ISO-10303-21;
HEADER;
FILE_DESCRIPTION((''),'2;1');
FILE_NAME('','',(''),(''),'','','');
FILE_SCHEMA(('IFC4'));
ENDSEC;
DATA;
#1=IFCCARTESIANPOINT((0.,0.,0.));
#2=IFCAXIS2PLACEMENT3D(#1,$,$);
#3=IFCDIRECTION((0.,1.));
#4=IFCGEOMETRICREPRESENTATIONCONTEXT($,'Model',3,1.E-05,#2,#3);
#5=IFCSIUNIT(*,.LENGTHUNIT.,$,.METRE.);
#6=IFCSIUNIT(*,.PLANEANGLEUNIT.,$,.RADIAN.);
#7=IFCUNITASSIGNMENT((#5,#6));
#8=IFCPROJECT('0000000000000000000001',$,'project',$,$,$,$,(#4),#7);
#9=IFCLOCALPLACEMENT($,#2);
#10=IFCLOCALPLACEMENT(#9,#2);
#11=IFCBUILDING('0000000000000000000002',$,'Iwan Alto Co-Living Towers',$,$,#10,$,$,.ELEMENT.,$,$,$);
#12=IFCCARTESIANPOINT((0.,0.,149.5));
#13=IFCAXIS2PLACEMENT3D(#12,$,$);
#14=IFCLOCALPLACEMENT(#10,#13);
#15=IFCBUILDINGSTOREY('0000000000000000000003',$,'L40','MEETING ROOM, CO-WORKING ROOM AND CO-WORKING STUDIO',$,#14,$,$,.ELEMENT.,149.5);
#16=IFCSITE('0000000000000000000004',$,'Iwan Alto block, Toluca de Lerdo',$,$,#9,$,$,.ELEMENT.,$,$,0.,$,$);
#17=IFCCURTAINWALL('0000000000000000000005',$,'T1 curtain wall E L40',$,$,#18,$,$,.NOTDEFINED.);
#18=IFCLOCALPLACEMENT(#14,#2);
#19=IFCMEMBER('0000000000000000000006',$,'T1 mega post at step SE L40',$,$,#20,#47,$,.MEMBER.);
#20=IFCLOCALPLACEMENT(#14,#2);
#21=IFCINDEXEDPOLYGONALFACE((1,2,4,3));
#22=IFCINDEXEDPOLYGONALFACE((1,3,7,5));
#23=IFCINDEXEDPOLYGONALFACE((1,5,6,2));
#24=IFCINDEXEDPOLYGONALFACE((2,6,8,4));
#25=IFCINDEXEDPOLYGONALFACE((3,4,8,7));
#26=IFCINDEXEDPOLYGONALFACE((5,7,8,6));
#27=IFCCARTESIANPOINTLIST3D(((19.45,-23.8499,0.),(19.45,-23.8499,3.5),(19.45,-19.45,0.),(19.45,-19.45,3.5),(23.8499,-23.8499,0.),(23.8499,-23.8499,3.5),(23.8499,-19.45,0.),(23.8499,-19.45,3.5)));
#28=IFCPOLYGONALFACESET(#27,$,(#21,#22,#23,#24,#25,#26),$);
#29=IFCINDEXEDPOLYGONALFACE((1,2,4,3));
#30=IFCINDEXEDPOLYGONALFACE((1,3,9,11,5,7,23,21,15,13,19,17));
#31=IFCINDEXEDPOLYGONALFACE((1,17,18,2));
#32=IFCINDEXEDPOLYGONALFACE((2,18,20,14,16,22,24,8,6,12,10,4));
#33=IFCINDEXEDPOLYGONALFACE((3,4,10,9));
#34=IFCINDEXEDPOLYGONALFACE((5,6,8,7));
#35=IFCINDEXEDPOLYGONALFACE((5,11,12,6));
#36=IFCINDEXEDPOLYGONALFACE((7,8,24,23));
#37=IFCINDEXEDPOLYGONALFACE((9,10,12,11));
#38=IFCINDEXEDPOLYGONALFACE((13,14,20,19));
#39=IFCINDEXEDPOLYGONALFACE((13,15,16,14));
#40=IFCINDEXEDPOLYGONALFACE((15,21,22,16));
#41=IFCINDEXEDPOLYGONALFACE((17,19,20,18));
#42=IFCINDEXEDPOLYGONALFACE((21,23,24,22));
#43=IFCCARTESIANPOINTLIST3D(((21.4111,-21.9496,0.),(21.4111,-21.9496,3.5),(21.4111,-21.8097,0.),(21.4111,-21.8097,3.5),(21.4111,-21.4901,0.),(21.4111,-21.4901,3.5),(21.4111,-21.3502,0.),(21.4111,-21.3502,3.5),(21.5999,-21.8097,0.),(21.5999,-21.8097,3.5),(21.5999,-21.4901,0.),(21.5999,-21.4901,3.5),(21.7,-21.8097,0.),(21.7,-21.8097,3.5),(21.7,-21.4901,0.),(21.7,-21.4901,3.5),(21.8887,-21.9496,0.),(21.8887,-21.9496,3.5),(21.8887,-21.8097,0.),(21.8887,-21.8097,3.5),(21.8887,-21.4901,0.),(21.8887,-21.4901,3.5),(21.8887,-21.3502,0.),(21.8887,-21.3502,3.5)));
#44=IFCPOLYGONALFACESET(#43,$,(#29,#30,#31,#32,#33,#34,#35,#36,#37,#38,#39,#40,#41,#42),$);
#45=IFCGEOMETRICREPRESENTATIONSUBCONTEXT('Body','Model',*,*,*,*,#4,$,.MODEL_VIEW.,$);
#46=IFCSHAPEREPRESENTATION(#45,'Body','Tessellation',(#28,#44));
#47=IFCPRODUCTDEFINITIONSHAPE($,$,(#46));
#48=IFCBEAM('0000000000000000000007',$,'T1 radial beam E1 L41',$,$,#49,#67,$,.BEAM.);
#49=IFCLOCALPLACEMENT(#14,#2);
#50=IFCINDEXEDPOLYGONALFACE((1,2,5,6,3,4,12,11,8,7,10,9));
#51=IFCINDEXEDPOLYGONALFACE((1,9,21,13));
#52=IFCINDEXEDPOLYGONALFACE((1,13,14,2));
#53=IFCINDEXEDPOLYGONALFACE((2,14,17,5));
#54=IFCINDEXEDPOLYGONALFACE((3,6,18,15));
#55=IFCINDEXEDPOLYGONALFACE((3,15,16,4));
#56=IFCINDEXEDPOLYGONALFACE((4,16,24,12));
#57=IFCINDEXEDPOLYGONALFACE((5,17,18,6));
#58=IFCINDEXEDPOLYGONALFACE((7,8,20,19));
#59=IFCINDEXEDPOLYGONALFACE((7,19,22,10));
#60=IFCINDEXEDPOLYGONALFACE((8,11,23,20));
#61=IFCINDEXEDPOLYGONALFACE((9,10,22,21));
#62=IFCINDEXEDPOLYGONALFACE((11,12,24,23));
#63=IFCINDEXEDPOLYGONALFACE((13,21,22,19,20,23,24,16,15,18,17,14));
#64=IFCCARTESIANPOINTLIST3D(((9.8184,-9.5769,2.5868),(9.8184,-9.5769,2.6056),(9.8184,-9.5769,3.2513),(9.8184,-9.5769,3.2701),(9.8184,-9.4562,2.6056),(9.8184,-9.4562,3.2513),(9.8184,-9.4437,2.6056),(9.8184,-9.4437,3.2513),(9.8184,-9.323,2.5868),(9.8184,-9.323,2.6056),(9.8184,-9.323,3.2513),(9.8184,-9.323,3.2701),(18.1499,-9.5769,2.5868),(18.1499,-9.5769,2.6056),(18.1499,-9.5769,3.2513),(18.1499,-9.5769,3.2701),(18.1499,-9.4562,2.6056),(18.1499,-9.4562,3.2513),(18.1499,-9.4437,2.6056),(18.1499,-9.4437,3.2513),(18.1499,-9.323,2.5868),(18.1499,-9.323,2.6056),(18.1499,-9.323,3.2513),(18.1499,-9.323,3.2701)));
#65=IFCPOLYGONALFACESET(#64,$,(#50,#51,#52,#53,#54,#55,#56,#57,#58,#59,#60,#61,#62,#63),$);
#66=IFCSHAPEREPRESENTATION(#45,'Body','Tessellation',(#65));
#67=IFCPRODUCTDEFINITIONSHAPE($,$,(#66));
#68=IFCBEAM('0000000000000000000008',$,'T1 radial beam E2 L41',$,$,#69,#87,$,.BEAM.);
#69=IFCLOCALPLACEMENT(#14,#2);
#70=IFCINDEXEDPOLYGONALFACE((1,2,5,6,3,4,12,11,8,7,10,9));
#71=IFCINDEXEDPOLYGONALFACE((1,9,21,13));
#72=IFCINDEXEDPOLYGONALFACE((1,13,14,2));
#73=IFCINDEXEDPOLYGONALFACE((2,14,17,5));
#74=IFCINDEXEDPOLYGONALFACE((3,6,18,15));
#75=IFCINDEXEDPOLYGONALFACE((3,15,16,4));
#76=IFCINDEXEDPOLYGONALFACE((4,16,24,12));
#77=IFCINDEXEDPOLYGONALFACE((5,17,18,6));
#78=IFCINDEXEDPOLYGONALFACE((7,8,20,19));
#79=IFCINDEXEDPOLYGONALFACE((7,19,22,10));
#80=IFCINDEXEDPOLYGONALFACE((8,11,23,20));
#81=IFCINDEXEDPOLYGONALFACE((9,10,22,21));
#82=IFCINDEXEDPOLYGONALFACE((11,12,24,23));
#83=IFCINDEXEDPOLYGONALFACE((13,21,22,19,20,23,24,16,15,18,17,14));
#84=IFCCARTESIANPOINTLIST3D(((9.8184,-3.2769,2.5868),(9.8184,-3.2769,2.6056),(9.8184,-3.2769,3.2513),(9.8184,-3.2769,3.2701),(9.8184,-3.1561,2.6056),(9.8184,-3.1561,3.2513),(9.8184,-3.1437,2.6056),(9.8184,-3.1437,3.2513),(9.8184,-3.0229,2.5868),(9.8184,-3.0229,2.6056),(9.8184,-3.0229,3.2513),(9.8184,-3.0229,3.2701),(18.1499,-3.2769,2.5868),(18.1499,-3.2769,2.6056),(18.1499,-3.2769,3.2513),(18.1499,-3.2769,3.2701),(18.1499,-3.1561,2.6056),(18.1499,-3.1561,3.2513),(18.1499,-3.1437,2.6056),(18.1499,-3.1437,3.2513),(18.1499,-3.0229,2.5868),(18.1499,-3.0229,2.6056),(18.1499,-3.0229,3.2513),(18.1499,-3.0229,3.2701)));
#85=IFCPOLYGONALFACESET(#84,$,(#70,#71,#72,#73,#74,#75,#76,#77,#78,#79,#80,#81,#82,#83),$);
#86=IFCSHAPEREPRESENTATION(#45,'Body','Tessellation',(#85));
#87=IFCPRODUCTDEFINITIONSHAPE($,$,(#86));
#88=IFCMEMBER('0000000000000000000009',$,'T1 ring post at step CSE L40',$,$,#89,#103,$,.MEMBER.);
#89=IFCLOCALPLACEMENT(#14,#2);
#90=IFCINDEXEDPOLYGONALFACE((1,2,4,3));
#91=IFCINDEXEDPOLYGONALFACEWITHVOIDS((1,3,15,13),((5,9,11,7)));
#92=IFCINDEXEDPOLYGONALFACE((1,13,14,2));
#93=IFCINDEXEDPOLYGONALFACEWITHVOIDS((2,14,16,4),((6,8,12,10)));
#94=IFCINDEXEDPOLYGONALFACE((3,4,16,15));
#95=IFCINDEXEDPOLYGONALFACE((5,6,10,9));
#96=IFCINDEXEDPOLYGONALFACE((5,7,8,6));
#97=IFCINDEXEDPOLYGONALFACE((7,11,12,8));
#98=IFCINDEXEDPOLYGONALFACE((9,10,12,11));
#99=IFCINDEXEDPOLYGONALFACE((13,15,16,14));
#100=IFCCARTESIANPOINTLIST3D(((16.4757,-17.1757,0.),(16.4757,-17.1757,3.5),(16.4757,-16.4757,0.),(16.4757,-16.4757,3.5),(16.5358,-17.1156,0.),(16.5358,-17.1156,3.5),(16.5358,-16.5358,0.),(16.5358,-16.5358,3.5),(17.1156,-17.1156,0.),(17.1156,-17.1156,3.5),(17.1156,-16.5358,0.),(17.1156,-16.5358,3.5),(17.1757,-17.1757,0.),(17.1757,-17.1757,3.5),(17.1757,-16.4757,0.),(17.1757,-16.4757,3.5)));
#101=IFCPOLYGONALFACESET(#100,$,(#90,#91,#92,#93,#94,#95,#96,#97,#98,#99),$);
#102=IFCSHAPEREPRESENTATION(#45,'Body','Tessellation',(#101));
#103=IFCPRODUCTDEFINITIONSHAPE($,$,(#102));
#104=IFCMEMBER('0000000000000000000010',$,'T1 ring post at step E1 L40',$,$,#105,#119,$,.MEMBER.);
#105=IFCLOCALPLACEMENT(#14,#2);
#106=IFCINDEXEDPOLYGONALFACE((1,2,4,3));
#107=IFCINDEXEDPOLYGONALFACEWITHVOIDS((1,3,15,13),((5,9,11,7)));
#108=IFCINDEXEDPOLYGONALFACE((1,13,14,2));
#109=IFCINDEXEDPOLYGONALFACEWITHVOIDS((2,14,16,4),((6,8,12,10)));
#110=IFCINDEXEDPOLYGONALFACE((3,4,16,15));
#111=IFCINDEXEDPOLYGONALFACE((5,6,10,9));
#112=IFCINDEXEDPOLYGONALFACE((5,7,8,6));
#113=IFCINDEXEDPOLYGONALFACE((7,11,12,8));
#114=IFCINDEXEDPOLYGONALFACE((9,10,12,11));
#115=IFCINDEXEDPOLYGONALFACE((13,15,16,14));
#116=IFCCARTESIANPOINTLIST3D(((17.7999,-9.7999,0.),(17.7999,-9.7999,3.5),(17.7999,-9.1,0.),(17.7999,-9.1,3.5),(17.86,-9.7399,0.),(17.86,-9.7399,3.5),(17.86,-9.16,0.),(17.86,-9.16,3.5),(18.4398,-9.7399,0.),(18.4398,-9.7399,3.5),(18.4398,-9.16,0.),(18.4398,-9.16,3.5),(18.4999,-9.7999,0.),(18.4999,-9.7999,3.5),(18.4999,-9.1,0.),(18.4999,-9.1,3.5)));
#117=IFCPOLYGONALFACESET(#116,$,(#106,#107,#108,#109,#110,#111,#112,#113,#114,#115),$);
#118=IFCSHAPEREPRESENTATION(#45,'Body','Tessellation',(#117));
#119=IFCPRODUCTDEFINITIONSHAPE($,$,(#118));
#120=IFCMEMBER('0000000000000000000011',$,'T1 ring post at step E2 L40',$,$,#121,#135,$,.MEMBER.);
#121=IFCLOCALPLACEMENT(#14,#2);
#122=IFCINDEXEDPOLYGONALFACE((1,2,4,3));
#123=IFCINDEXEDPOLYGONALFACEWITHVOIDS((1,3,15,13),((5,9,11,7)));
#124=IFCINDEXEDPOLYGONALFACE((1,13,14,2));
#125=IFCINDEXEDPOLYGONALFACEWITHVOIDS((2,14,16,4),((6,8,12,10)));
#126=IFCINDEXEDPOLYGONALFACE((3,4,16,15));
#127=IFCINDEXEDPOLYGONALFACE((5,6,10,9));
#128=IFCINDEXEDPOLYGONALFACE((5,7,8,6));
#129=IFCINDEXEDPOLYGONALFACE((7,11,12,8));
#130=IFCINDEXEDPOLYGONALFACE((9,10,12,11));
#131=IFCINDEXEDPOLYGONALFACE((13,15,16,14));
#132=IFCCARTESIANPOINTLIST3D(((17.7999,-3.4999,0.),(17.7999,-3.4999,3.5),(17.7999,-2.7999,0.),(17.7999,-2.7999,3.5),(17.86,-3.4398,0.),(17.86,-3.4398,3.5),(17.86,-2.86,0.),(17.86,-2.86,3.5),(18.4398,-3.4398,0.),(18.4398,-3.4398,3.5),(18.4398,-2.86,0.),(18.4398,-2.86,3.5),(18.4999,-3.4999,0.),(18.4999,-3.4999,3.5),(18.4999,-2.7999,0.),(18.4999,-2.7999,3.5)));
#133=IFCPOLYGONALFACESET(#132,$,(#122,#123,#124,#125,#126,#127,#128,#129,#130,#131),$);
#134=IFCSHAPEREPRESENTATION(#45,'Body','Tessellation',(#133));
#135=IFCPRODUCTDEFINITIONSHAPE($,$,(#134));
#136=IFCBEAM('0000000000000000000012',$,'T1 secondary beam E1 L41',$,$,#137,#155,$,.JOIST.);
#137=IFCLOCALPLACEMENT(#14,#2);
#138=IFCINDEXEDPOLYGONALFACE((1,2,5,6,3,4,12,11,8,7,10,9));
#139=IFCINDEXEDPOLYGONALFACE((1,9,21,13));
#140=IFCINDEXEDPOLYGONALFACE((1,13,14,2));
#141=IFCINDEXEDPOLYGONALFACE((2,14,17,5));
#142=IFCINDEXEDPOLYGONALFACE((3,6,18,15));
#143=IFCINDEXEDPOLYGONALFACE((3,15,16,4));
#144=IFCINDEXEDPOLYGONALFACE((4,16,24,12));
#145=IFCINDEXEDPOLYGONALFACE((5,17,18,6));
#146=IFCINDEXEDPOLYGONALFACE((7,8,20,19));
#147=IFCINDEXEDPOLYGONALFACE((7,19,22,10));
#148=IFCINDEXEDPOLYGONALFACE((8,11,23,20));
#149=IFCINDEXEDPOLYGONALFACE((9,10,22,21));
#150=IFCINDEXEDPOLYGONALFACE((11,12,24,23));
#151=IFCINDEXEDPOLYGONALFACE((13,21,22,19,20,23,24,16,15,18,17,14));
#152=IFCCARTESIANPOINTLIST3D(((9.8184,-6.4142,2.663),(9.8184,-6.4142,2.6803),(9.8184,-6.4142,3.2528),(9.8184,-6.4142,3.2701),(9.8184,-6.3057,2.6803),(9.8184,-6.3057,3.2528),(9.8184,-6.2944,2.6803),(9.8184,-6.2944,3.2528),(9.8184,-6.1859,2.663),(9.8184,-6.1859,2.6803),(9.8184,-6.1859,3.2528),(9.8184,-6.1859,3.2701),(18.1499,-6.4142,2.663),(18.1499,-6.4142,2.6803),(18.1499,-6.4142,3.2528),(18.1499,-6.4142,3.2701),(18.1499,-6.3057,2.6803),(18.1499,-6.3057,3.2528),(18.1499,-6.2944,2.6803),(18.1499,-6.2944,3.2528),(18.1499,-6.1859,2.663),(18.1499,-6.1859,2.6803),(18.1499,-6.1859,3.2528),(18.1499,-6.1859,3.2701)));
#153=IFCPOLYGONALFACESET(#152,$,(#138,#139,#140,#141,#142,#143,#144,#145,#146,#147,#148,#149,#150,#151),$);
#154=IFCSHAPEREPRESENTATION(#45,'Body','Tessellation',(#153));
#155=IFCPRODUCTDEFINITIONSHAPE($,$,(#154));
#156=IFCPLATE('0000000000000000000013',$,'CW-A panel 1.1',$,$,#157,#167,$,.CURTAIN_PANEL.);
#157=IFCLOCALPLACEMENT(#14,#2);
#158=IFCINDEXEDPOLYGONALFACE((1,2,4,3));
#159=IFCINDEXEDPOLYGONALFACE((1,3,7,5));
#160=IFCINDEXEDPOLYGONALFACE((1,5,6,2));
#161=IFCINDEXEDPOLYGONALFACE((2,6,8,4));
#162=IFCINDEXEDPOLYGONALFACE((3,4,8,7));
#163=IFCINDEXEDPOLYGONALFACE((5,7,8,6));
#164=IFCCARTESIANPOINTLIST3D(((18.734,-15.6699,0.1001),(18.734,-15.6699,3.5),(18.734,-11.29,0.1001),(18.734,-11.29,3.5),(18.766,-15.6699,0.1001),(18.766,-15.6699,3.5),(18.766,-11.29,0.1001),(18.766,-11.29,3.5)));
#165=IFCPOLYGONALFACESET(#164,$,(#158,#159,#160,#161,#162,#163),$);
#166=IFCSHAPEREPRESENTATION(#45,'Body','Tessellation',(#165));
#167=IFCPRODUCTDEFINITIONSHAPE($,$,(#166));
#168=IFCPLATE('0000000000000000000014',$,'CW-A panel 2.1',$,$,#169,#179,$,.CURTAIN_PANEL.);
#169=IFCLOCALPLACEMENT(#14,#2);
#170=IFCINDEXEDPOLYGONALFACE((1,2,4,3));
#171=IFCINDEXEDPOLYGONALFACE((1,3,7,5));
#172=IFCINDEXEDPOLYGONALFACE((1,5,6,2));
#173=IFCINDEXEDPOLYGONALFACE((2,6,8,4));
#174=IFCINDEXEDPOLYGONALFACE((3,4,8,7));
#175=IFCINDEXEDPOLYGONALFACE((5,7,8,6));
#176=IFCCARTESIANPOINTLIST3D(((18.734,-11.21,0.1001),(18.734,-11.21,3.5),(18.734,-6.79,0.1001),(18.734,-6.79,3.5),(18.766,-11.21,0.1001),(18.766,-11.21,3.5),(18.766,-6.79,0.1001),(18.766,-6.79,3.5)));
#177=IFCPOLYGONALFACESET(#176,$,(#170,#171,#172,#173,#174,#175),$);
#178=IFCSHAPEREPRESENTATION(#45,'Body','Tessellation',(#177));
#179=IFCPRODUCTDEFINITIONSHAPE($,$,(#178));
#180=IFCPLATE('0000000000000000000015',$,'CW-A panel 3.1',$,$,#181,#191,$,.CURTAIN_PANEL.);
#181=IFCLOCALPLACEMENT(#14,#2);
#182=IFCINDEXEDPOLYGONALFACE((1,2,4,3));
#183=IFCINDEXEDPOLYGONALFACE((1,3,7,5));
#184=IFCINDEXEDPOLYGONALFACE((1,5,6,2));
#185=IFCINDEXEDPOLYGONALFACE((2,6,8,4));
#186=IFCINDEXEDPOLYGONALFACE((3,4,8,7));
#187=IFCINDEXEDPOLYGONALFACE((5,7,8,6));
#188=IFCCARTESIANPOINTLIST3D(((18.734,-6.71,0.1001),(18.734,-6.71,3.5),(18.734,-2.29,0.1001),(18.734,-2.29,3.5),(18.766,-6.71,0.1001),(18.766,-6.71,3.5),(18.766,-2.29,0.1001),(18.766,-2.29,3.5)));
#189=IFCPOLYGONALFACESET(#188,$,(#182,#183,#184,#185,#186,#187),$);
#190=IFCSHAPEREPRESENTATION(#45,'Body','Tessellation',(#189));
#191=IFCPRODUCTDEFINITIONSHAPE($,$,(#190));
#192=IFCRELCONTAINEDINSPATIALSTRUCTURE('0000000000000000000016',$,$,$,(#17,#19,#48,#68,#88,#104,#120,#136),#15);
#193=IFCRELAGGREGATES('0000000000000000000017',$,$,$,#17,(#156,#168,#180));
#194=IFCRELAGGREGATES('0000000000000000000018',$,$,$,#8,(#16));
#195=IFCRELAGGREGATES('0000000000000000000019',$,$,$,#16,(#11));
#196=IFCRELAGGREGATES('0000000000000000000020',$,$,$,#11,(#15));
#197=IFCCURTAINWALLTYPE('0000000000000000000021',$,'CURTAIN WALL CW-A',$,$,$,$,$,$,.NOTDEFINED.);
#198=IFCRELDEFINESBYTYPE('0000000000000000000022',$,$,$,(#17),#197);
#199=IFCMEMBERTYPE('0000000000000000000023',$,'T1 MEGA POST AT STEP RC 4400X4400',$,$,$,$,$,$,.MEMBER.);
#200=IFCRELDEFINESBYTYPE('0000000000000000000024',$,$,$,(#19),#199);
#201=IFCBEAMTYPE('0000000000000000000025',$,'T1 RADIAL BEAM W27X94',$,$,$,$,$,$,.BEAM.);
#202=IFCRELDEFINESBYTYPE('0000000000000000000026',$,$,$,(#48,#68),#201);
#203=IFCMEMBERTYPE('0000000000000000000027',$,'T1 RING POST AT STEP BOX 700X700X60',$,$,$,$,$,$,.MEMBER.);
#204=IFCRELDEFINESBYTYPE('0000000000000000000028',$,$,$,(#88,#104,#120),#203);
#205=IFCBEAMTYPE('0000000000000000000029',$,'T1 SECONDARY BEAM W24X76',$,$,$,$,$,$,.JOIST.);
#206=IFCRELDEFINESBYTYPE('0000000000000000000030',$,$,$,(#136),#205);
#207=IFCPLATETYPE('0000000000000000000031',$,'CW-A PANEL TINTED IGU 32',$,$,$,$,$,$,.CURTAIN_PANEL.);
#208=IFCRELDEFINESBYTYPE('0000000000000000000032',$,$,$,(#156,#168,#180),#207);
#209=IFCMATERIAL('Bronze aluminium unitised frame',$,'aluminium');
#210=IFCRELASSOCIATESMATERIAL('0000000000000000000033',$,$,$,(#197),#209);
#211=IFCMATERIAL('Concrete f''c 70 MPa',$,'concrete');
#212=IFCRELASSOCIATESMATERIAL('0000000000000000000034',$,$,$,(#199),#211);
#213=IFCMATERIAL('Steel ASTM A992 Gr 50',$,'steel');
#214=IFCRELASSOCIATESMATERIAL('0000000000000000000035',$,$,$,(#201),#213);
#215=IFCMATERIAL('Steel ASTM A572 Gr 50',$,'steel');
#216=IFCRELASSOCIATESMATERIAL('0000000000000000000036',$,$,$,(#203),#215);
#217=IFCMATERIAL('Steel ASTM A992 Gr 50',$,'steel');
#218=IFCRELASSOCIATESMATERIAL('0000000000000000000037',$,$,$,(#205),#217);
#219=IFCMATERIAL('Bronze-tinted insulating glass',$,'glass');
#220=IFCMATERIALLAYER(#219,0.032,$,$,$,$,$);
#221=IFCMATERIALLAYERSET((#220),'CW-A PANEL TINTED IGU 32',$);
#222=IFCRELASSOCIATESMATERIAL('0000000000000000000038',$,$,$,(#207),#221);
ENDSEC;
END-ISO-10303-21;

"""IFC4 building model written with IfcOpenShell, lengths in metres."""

from ifc_helpers import new_model, si_unit, direction, frame, origin, origin_2d, place, context, subcontext, project, spatial, rectangle, hollow_rectangle, i_section, extrude, material, layer, layer_set, material_profile, profile_set, type_object, element, aggregate, save


model = new_model("IFC4")

# Units and contexts
model_context = context("Model", 3, precision=1e-05, world=origin(), true_north=direction((0.0, 1.0)))
body_context = subcontext(model_context, "Body", "Model", "MODEL_VIEW")
ifc_project = project(units=[si_unit("LENGTHUNIT", "METRE"), si_unit("PLANEANGLEUNIT", "RADIAN")], contexts=[model_context])

# Site, building, storey
site_placement = place(None, origin())
site = spatial("IfcSite", under=ifc_project, at=site_placement, Name="Iwan Alto block, Toluca de Lerdo", CompositionType="ELEMENT", RefElevation=0.0)
building_placement = place(site_placement, origin())
building = spatial("IfcBuilding", under=site, at=building_placement, Name="Iwan Alto Co-Living Towers", CompositionType="ELEMENT")
storey_placement = place(building_placement, frame((0.0, 0.0, 149.5)))
storey = spatial("IfcBuildingStorey", under=building, at=storey_placement, Name="L40", Description="MEETING ROOM, CO-WORKING ROOM AND CO-WORKING STUDIO", CompositionType="ELEMENT", Elevation=149.5)

# Curtain wall
ifc_material_1 = material(Name="Bronze aluminium unitised frame", Category="aluminium")
curtain_wall_type_1 = type_object("IfcCurtainWallType", Name="CURTAIN WALL CW-A", PredefinedType="NOTDEFINED", material=ifc_material_1)
curtain_wall_1_placement = place(storey_placement, origin())
curtain_wall_1 = element("IfcCurtainWall", 1, at=curtain_wall_1_placement, inside=storey, type_object=curtain_wall_type_1, Name="T1 curtain wall E L40", PredefinedType="NOTDEFINED")

# Member
ifc_material_2 = material(Name="Concrete f'c 70 MPa", Category="concrete")
ifc_material_profile_1 = material_profile(ifc_material_2, rectangle(XDim=4.3999, YDim=4.3999, at=origin_2d()), Name="RC 4400X4400")
ifc_profile_set_1 = profile_set([ifc_material_profile_1], Name="Concrete f'c 70 MPa")
member_type_1 = type_object("IfcMemberType", Name="T1 MEGA POST AT STEP RC 4400X4400", PredefinedType="MEMBER", material=ifc_profile_set_1)
member_1_placement = place(storey_placement, frame((21.6499, -21.6499, 0.0), z_axis=(0.0, 0.0, 1.0), x_axis=(1.0, 0.0, 0.0)))
element("IfcMember", 2, at=member_1_placement, inside=storey, type_object=member_type_1, Name="T1 mega post at step SE L40", PredefinedType="MEMBER", context=body_context, shape_type="SweptSolid", body=[
    extrude(rectangle(XDim=4.3999, YDim=4.3999, at=origin_2d()), origin(), (0.0, 0.0, 1.0), 3.5),
    extrude(i_section(OverallWidth=0.4775, OverallDepth=0.5994, WebThickness=0.1001, FlangeThickness=0.1399, at=origin_2d()), origin(), (0.0, 0.0, 1.0), 3.5),
])

# Beams
ifc_material_3 = material(Name="Steel ASTM A992 Gr 50", Category="steel")
ifc_material_profile_2 = material_profile(ifc_material_3, i_section(OverallWidth=0.2539, OverallDepth=0.6833, WebThickness=0.0125, FlangeThickness=0.0188, at=origin_2d()), Name="W27X94")
ifc_profile_set_2 = profile_set([ifc_material_profile_2], Name="Steel ASTM A992 Gr 50")
beam_type_1 = type_object("IfcBeamType", Name="T1 RADIAL BEAM W27X94", PredefinedType="BEAM", material=ifc_profile_set_2)
for number, where, z_axis, x_axis, name in (
    (3, (18.1499, -9.45, 2.9285), (-1.0, 0.0, 0.0), (0.0, -1.0, 0.0), "T1 radial beam E1 L41"),
    (4, (18.1499, -3.1499, 2.9285), (-1.0, 0.0, 0.0), (0.0, -1.0, 0.0), "T1 radial beam E2 L41"),
):
    element("IfcBeam", number, at=place(storey_placement, frame(where, z_axis=z_axis, x_axis=x_axis)), inside=storey, type_object=beam_type_1, Name=name, PredefinedType="BEAM", context=body_context, shape_type="SweptSolid", body=[
        extrude(i_section(OverallWidth=0.2539, OverallDepth=0.6833, WebThickness=0.0125, FlangeThickness=0.0188, at=origin_2d()), origin(), (0.0, 0.0, 1.0), 8.3315),
    ])

# Members
ifc_material_4 = material(Name="Steel ASTM A572 Gr 50", Category="steel")
ifc_material_profile_3 = material_profile(ifc_material_4, hollow_rectangle(XDim=0.7, YDim=0.7, WallThickness=0.0601, at=origin_2d()), Name="BOX 700X700X60")
ifc_profile_set_3 = profile_set([ifc_material_profile_3], Name="Steel ASTM A572 Gr 50")
member_type_2 = type_object("IfcMemberType", Name="T1 RING POST AT STEP BOX 700X700X60", PredefinedType="MEMBER", material=ifc_profile_set_3)
for number, where, z_axis, x_axis, name in (
    (5, (16.8257, -16.8257, 0.0), (0.0, 0.0, 1.0), (1.0, 0.0, 0.0), "T1 ring post at step CSE L40"),
    (6, (18.1499, -9.45, 0.0), (0.0, 0.0, 1.0), (1.0, 0.0, 0.0), "T1 ring post at step E1 L40"),
    (7, (18.1499, -3.1499, 0.0), (0.0, 0.0, 1.0), (1.0, 0.0, 0.0), "T1 ring post at step E2 L40"),
):
    element("IfcMember", number, at=place(storey_placement, frame(where, z_axis=z_axis, x_axis=x_axis)), inside=storey, type_object=member_type_2, Name=name, PredefinedType="MEMBER", context=body_context, shape_type="SweptSolid", body=[
        extrude(hollow_rectangle(XDim=0.7, YDim=0.7, WallThickness=0.0601, at=origin_2d()), origin(), (0.0, 0.0, 1.0), 3.5),
    ])

# Beam
ifc_material_5 = material(Name="Steel ASTM A992 Gr 50", Category="steel")
ifc_material_profile_4 = material_profile(ifc_material_5, i_section(OverallWidth=0.2283, OverallDepth=0.6072, WebThickness=0.0112, FlangeThickness=0.0173, at=origin_2d()), Name="W24X76")
ifc_profile_set_4 = profile_set([ifc_material_profile_4], Name="Steel ASTM A992 Gr 50")
beam_type_2 = type_object("IfcBeamType", Name="T1 SECONDARY BEAM W24X76", PredefinedType="JOIST", material=ifc_profile_set_4)
beam_1_placement = place(storey_placement, frame((18.1499, -6.3, 2.9666), z_axis=(-1.0, 0.0, 0.0), x_axis=(0.0, -1.0, 0.0)))
element("IfcBeam", 8, at=beam_1_placement, inside=storey, type_object=beam_type_2, Name="T1 secondary beam E1 L41", PredefinedType="JOIST", context=body_context, shape_type="SweptSolid", body=[
    extrude(i_section(OverallWidth=0.2283, OverallDepth=0.6072, WebThickness=0.0112, FlangeThickness=0.0173, at=origin_2d()), origin(), (0.0, 0.0, 1.0), 8.3315),
])

# Plates
ifc_material_6 = material(Name="Bronze-tinted insulating glass", Category="glass")
ifc_layer_1 = layer(ifc_material_6, 0.032)
ifc_layer_set_1 = layer_set([ifc_layer_1], Name="CW-A PANEL TINTED IGU 32")
plate_type_1 = type_object("IfcPlateType", Name="CW-A PANEL TINTED IGU 32", PredefinedType="CURTAIN_PANEL", material=ifc_layer_set_1)
plate_1_placement = place(storey_placement, frame((18.75, -13.48, 0.1001), z_axis=(0.0, 0.0, 1.0), x_axis=(0.0, 1.0, 0.0)))
plate_1 = element("IfcPlate", 9, at=plate_1_placement, type_object=plate_type_1, Name="CW-A panel 1.1", PredefinedType="CURTAIN_PANEL", context=body_context, shape_type="SweptSolid", body=[
    extrude(rectangle(XDim=4.3799, YDim=0.032, at=origin_2d()), origin(), (0.0, 0.0, 1.0), 3.3999),
])
plate_2_placement = place(storey_placement, frame((18.75, -9.0, 0.1001), z_axis=(0.0, 0.0, 1.0), x_axis=(0.0, 1.0, 0.0)))
plate_2 = element("IfcPlate", 10, at=plate_2_placement, type_object=plate_type_1, Name="CW-A panel 2.1", PredefinedType="CURTAIN_PANEL", context=body_context, shape_type="SweptSolid", body=[
    extrude(rectangle(XDim=4.4199, YDim=0.032, at=origin_2d()), origin(), (0.0, 0.0, 1.0), 3.3999),
])
plate_3_placement = place(storey_placement, frame((18.75, -4.5, 0.1001), z_axis=(0.0, 0.0, 1.0), x_axis=(0.0, 1.0, 0.0)))
plate_3 = element("IfcPlate", 11, at=plate_3_placement, type_object=plate_type_1, Name="CW-A panel 3.1", PredefinedType="CURTAIN_PANEL", context=body_context, shape_type="SweptSolid", body=[
    extrude(rectangle(XDim=4.4199, YDim=0.032, at=origin_2d()), origin(), (0.0, 0.0, 1.0), 3.3999),
])
aggregate(curtain_wall_1, [plate_1, plate_2, plate_3])

save(model, "model.ifc")
